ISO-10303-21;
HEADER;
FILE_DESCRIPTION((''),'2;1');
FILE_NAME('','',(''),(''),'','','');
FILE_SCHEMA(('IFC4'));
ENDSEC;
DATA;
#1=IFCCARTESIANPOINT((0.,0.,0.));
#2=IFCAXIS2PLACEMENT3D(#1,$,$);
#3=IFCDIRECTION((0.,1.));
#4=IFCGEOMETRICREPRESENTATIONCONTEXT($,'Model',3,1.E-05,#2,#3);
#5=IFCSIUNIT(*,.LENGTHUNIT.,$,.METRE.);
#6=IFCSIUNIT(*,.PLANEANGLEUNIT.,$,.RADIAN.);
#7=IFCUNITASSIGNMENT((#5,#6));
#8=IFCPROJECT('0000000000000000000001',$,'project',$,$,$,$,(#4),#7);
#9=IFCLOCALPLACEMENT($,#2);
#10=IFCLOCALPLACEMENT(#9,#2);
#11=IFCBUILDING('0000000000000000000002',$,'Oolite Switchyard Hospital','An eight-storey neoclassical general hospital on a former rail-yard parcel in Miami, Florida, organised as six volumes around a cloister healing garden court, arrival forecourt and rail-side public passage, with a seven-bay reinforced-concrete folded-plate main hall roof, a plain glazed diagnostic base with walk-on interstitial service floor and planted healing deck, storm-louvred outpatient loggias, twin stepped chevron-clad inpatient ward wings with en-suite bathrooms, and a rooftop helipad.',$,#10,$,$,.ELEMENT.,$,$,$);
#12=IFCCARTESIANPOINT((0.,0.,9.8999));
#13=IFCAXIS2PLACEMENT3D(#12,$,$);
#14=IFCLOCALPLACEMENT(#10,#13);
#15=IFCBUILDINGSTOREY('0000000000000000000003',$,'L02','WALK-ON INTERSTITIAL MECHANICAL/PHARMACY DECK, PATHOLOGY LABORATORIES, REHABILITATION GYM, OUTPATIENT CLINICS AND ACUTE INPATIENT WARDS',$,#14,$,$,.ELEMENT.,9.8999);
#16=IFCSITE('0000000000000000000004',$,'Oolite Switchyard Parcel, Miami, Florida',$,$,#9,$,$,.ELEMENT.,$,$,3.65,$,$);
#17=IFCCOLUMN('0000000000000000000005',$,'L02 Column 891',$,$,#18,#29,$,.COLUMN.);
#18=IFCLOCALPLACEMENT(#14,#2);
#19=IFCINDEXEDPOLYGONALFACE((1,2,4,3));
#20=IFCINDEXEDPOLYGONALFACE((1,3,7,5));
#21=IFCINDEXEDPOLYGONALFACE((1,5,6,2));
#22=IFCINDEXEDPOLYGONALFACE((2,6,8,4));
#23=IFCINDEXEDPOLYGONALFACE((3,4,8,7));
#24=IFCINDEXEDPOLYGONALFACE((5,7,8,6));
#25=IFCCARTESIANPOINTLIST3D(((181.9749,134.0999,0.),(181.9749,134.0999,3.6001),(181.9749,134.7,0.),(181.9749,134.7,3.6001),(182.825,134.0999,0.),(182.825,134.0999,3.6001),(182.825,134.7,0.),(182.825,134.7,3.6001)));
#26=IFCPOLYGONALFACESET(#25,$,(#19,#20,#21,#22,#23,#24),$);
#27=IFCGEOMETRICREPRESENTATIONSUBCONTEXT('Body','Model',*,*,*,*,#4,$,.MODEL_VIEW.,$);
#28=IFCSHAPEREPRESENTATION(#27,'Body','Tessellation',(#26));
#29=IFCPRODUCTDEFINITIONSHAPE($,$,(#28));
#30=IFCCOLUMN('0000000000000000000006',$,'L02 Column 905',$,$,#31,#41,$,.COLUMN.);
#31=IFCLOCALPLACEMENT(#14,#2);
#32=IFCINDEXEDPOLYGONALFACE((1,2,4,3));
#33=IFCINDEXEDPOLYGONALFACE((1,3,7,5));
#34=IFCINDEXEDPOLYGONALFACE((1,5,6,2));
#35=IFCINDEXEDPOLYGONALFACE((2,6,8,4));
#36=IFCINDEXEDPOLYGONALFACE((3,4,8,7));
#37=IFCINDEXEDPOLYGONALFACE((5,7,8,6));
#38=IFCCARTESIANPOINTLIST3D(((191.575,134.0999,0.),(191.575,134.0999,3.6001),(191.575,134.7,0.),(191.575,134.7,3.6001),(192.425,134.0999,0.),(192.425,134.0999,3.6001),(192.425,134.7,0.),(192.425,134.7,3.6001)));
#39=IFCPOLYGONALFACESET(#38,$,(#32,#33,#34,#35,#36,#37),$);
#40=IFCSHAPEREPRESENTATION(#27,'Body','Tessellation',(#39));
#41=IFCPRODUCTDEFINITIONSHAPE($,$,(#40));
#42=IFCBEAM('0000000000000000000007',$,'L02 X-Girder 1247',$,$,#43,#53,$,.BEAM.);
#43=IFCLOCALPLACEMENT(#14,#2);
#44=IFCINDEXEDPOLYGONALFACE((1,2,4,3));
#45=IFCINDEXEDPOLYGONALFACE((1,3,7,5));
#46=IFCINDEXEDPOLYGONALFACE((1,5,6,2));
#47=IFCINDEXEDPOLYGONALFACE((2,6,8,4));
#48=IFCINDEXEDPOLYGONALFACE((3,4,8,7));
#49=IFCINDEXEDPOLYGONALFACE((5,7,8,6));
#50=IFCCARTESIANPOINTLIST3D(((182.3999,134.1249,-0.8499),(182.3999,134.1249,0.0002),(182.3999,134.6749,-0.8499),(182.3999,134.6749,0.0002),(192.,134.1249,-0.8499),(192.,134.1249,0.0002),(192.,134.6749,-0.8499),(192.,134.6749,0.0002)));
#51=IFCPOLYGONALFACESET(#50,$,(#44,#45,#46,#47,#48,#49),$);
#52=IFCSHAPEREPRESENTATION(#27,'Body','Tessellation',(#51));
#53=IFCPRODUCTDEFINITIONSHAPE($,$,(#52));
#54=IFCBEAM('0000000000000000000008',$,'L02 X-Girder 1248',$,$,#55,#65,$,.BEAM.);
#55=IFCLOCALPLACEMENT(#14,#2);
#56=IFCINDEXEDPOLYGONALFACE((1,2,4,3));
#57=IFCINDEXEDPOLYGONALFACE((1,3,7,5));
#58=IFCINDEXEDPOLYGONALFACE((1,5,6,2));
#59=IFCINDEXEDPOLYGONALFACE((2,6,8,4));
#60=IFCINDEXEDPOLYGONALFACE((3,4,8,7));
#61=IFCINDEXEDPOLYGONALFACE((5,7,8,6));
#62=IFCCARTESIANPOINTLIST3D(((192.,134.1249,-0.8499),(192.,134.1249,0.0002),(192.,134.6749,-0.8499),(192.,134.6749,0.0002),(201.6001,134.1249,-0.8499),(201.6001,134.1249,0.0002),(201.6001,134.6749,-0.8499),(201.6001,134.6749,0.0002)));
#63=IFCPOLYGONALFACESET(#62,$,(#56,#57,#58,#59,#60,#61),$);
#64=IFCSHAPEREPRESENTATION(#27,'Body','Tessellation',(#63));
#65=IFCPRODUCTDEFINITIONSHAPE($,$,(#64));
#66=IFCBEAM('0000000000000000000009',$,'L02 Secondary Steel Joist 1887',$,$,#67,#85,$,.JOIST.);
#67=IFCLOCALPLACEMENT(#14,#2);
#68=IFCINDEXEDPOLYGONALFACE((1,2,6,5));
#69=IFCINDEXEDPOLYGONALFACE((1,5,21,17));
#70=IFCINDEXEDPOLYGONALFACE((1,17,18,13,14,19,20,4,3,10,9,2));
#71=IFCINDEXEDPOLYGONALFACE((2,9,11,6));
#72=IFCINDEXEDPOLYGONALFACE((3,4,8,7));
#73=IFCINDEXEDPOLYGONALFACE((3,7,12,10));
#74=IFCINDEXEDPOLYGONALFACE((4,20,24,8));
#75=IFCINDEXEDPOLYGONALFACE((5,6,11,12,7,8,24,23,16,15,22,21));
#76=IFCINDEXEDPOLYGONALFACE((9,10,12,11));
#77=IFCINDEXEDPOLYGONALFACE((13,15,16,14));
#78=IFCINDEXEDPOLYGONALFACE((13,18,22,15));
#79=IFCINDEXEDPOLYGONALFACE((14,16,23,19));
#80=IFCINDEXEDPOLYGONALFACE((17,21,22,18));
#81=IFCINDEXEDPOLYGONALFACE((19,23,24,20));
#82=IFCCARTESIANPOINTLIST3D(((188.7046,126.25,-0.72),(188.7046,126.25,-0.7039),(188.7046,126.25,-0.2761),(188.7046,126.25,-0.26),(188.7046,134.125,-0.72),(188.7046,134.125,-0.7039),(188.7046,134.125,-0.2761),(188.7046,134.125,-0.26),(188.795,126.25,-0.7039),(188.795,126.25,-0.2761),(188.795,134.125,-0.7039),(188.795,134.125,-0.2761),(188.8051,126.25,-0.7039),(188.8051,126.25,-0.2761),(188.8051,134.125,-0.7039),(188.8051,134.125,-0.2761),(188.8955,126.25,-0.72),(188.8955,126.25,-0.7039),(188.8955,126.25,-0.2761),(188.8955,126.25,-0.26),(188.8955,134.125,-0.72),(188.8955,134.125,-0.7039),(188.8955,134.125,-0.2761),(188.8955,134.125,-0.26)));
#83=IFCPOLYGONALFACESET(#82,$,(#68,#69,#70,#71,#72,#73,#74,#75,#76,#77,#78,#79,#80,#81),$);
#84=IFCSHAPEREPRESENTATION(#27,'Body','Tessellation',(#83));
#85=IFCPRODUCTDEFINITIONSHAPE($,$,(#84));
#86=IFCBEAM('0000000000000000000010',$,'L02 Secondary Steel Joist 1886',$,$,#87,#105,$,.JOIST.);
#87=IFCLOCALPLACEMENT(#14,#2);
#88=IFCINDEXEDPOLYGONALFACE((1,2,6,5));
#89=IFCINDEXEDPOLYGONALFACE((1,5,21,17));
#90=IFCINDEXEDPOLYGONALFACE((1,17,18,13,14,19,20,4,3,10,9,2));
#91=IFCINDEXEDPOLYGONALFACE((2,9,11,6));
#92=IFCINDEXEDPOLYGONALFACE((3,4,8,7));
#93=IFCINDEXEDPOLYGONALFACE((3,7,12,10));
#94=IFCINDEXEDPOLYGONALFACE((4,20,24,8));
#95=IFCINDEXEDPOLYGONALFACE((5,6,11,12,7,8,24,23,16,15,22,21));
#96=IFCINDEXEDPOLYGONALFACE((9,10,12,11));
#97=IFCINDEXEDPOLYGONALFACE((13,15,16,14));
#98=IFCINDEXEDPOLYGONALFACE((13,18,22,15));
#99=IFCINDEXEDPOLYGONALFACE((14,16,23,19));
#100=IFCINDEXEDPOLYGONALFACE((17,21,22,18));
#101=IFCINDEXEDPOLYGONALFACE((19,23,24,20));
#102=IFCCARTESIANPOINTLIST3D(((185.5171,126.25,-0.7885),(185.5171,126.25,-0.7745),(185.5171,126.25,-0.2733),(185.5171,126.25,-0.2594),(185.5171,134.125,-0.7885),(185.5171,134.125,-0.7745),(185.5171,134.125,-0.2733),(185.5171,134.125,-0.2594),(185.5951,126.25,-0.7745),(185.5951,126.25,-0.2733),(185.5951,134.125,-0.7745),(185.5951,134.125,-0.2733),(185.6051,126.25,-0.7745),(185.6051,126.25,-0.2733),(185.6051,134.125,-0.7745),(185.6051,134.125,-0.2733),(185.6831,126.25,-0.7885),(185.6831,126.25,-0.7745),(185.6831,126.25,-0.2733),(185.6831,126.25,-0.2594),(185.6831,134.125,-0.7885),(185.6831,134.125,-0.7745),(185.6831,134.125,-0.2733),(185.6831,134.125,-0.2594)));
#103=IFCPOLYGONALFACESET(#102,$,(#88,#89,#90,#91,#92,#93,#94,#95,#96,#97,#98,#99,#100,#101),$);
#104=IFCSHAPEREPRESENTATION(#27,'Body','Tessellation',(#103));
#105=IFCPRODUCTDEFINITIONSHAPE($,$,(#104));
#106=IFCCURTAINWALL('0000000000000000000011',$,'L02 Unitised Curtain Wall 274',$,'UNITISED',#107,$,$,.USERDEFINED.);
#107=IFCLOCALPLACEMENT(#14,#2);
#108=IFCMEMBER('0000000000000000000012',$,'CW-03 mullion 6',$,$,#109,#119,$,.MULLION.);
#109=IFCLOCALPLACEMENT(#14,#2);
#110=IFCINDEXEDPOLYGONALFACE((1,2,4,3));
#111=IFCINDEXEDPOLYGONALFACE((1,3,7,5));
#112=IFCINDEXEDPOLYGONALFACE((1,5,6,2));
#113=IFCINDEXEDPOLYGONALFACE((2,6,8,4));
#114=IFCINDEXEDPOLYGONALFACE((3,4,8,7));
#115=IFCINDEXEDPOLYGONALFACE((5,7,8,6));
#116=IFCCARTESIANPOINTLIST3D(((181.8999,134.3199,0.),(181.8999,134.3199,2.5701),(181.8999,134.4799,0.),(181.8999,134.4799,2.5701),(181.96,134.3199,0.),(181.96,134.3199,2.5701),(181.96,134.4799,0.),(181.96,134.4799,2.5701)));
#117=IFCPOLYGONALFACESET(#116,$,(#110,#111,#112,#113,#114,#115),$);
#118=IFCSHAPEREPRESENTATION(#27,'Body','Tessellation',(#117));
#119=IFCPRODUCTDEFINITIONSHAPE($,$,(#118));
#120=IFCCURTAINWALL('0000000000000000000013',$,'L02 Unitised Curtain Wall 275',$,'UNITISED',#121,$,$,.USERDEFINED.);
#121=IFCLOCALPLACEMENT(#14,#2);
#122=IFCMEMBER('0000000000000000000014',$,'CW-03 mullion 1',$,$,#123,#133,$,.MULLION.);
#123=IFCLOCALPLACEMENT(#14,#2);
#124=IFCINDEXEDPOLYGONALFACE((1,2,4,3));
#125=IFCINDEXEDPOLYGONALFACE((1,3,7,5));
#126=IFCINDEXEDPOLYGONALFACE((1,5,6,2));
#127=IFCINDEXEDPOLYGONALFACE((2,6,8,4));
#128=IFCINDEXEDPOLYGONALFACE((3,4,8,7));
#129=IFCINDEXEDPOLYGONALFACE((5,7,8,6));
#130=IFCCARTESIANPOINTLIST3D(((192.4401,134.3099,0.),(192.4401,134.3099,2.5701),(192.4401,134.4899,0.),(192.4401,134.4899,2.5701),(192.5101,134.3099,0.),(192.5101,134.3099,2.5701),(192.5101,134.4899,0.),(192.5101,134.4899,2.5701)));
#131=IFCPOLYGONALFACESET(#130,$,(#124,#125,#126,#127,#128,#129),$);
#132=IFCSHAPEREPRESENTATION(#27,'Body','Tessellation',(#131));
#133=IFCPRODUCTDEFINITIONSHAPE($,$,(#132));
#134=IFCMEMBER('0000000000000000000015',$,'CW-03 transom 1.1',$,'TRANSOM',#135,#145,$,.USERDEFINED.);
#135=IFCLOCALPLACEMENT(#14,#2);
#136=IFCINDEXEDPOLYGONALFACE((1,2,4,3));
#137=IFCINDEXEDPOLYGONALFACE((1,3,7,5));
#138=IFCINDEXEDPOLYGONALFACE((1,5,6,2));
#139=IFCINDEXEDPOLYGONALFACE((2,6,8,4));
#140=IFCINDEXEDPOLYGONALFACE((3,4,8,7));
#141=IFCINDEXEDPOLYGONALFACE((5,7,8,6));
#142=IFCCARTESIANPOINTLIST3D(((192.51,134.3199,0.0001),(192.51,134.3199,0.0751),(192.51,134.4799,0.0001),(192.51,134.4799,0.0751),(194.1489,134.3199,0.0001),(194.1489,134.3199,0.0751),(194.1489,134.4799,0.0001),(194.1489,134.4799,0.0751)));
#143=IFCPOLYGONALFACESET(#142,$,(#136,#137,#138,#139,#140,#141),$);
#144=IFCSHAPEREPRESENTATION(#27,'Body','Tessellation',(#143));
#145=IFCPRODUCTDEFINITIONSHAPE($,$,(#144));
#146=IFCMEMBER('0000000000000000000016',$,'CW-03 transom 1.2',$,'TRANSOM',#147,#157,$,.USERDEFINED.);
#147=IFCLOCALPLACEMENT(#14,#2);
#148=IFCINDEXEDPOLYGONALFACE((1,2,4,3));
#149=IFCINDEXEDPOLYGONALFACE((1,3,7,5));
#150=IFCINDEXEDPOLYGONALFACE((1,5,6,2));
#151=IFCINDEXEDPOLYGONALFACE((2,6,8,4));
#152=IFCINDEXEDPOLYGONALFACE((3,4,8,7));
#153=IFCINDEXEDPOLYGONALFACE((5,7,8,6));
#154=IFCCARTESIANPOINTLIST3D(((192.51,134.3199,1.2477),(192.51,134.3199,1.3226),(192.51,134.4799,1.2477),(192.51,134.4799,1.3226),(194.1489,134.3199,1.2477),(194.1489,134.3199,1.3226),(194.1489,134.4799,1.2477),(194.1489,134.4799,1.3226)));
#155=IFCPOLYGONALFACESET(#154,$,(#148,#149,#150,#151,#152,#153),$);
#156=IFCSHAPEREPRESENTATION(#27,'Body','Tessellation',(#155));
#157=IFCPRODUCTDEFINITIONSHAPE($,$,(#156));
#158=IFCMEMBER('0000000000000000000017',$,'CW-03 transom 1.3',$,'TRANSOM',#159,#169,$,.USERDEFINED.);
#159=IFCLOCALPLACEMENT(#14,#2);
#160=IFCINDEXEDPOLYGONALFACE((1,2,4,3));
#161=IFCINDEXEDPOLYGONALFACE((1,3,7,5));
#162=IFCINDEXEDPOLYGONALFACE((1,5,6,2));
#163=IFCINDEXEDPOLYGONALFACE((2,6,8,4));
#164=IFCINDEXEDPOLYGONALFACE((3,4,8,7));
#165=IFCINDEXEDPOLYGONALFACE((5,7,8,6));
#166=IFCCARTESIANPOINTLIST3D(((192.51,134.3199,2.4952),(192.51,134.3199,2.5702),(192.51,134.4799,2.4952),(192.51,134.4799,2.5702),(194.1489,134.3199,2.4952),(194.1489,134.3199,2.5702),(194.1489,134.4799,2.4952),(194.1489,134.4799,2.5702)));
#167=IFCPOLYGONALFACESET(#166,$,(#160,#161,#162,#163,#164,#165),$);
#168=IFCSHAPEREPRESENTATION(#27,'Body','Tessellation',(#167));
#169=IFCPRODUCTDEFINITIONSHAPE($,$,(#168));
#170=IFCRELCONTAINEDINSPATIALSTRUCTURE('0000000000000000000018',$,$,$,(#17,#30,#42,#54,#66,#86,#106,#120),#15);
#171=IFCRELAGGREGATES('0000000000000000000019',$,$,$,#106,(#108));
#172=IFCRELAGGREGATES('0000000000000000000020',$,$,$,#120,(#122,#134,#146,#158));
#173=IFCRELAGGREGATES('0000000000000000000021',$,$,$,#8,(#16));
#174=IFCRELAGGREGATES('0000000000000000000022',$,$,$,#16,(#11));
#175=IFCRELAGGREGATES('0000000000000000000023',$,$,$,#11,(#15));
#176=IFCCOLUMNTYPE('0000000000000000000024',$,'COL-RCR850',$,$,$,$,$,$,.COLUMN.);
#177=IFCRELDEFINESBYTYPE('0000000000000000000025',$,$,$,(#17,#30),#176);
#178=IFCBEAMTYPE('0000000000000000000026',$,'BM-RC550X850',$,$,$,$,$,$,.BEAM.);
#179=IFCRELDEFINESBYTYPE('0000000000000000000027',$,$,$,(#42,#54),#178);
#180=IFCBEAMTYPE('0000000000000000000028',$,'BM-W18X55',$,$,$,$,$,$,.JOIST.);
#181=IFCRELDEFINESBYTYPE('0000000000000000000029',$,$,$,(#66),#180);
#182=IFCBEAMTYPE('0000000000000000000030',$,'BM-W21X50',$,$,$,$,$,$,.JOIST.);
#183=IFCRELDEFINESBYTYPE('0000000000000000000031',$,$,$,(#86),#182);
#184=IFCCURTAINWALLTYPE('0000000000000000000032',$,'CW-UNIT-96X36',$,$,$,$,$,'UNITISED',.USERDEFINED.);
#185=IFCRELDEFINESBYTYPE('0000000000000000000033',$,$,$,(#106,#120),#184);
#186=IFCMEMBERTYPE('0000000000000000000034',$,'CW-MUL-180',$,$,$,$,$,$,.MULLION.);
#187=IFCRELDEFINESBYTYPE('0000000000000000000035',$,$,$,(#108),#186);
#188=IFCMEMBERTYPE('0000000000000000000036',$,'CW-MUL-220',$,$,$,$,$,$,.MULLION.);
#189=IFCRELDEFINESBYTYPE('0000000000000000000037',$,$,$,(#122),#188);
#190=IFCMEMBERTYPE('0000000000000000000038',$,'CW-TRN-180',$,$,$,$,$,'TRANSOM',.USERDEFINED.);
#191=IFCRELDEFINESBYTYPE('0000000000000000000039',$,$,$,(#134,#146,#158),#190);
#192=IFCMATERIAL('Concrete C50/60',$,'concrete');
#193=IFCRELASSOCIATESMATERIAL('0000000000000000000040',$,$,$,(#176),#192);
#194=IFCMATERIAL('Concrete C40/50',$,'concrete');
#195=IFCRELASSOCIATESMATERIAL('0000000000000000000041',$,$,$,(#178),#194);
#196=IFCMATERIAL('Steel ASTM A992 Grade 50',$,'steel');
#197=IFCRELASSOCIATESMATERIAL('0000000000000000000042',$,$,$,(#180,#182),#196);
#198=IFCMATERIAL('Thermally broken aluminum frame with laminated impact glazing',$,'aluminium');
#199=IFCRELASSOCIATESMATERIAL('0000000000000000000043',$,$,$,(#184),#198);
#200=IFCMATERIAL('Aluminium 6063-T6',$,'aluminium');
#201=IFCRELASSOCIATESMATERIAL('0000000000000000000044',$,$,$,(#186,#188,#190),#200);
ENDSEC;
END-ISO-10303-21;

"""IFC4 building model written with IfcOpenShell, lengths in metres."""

from ifc_helpers import new_model, si_unit, direction, frame, origin, origin_2d, place, context, subcontext, project, spatial, rectangle, i_section, extrude, material, material_profile, profile_set, type_object, element, aggregate, save


model = new_model("IFC4")

# Units and contexts
model_context = context("Model", 3, precision=1e-05, world=origin(), true_north=direction((0.0, 1.0)))
body_context = subcontext(model_context, "Body", "Model", "MODEL_VIEW")
ifc_project = project(units=[si_unit("LENGTHUNIT", "METRE"), si_unit("PLANEANGLEUNIT", "RADIAN")], contexts=[model_context])

# Site, building, storey
site_placement = place(None, origin())
site = spatial("IfcSite", under=ifc_project, at=site_placement, Name="Oolite Switchyard Parcel, Miami, Florida", CompositionType="ELEMENT", RefElevation=3.65)
building_placement = place(site_placement, origin())
building = spatial("IfcBuilding", under=site, at=building_placement, Name="Oolite Switchyard Hospital", Description="An eight-storey neoclassical general hospital on a former rail-yard parcel in Miami, Florida, organised as six volumes around a cloister healing garden court, arrival forecourt and rail-side public passage, with a seven-bay reinforced-concrete folded-plate main hall roof, a plain glazed diagnostic base with walk-on interstitial service floor and planted healing deck, storm-louvred outpatient loggias, twin stepped chevron-clad inpatient ward wings with en-suite bathrooms, and a rooftop helipad.", CompositionType="ELEMENT")
storey_placement = place(building_placement, frame((0.0, 0.0, 9.8999)))
storey = spatial("IfcBuildingStorey", under=building, at=storey_placement, Name="L02", Description="WALK-ON INTERSTITIAL MECHANICAL/PHARMACY DECK, PATHOLOGY LABORATORIES, REHABILITATION GYM, OUTPATIENT CLINICS AND ACUTE INPATIENT WARDS", CompositionType="ELEMENT", Elevation=9.8999)

# Columns
ifc_material_1 = material(Name="Concrete C50/60", Category="concrete")
ifc_material_profile_1 = material_profile(ifc_material_1, rectangle(XDim=0.8501, YDim=0.6001, at=origin_2d()), Name="RC850X600")
ifc_profile_set_1 = profile_set([ifc_material_profile_1], Name="Concrete C50/60")
column_type = type_object("IfcColumnType", Name="COL-RCR850", PredefinedType="COLUMN", material=ifc_profile_set_1)
for number, where, z_axis, x_axis, name in (
    (1, (182.3999, 134.3999, 0.0), (0.0, 0.0, 1.0), (1.0, 0.0, 0.0), "L02 Column 891"),
    (2, (192.0, 134.3999, 0.0), (0.0, 0.0, 1.0), (1.0, 0.0, 0.0), "L02 Column 905"),
):
    element("IfcColumn", number, at=place(storey_placement, frame(where, z_axis=z_axis, x_axis=x_axis)), inside=storey, type_object=column_type, Name=name, PredefinedType="COLUMN", context=body_context, shape_type="SweptSolid", body=[
        extrude(rectangle(XDim=0.8501, YDim=0.6001, at=origin_2d()), origin(), (0.0, 0.0, 1.0), 3.6001),
    ])

# Beams
ifc_material_2 = material(Name="Concrete C40/50", Category="concrete")
ifc_material_profile_2 = material_profile(ifc_material_2, rectangle(XDim=0.55, YDim=0.8501, at=origin_2d()), Name="RCB550X850")
ifc_profile_set_2 = profile_set([ifc_material_profile_2], Name="Concrete C40/50")
beam_type_1 = type_object("IfcBeamType", Name="BM-RC550X850", PredefinedType="BEAM", material=ifc_profile_set_2)
for number, where, z_axis, x_axis, name in (
    (3, (182.3999, 134.3999, -0.4248), (1.0, 0.0, 0.0), (0.0, 1.0, 0.0), "L02 X-Girder 1247"),
    (4, (192.0, 134.3999, -0.4248), (1.0, 0.0, 0.0), (0.0, 1.0, 0.0), "L02 X-Girder 1248"),
):
    element("IfcBeam", number, at=place(storey_placement, frame(where, z_axis=z_axis, x_axis=x_axis)), inside=storey, type_object=beam_type_1, Name=name, PredefinedType="BEAM", context=body_context, shape_type="SweptSolid", body=[
        extrude(rectangle(XDim=0.55, YDim=0.8501, at=origin_2d()), origin(), (0.0, 0.0, 1.0), 9.6001),
    ])
ifc_material_3 = material(Name="Steel ASTM A992 Grade 50", Category="steel")
ifc_material_profile_3 = material_profile(ifc_material_3, i_section(OverallWidth=0.1909, OverallDepth=0.46, WebThickness=0.01, FlangeThickness=0.0161, at=origin_2d()), Name="W18X55")
ifc_profile_set_3 = profile_set([ifc_material_profile_3], Name="Steel ASTM A992 Grade 50")
beam_type_2 = type_object("IfcBeamType", Name="BM-W18X55", PredefinedType="JOIST", material=ifc_profile_set_3)
beam_1_placement = place(storey_placement, frame((188.8, 126.25, -0.49), z_axis=(0.0, 1.0, 0.0), x_axis=(-1.0, 0.0, 0.0)))
element("IfcBeam", 5, at=beam_1_placement, inside=storey, type_object=beam_type_2, Name="L02 Secondary Steel Joist 1887", PredefinedType="JOIST", context=body_context, shape_type="SweptSolid", body=[
    extrude(i_section(OverallWidth=0.1909, OverallDepth=0.46, WebThickness=0.01, FlangeThickness=0.0161, at=origin_2d()), origin(), (0.0, 0.0, 1.0), 7.875),
])
ifc_material_profile_4 = material_profile(ifc_material_3, i_section(OverallWidth=0.166, OverallDepth=0.5291, WebThickness=0.01, FlangeThickness=0.0139, at=origin_2d()), Name="W21X50")
ifc_profile_set_4 = profile_set([ifc_material_profile_4], Name="Steel ASTM A992 Grade 50")
beam_type_3 = type_object("IfcBeamType", Name="BM-W21X50", PredefinedType="JOIST", material=ifc_profile_set_4)
beam_2_placement = place(storey_placement, frame((185.6001, 126.25, -0.5239), z_axis=(0.0, 1.0, 0.0), x_axis=(-1.0, 0.0, 0.0)))
element("IfcBeam", 6, at=beam_2_placement, inside=storey, type_object=beam_type_3, Name="L02 Secondary Steel Joist 1886", PredefinedType="JOIST", context=body_context, shape_type="SweptSolid", body=[
    extrude(i_section(OverallWidth=0.166, OverallDepth=0.5291, WebThickness=0.01, FlangeThickness=0.0139, at=origin_2d()), origin(), (0.0, 0.0, 1.0), 7.875),
])

# Curtain wall, member
ifc_material_4 = material(Name="Thermally broken aluminum frame with laminated impact glazing", Category="aluminium")
curtain_wall_type = type_object("IfcCurtainWallType", Name="CW-UNIT-96X36", ElementType="UNITISED", PredefinedType="USERDEFINED", material=ifc_material_4)
curtain_wall_1_placement = place(storey_placement, origin())
curtain_wall_1 = element("IfcCurtainWall", 7, at=curtain_wall_1_placement, inside=storey, type_object=curtain_wall_type, Name="L02 Unitised Curtain Wall 274", ObjectType="UNITISED", PredefinedType="USERDEFINED")
ifc_material_5 = material(Name="Aluminium 6063-T6", Category="aluminium")
ifc_material_profile_5 = material_profile(ifc_material_5, rectangle(XDim=0.1599, YDim=0.0601, at=origin_2d()), Name="CWM60X160")
ifc_profile_set_5 = profile_set([ifc_material_profile_5], Name="Aluminium 6063-T6")
member_type_1 = type_object("IfcMemberType", Name="CW-MUL-180", PredefinedType="MULLION", material=ifc_profile_set_5)
member_1_placement = place(storey_placement, frame((181.9299, 134.3999, 0.0), z_axis=(0.0, 0.0, 1.0), x_axis=(0.0, 1.0, 0.0)))
member_1 = element("IfcMember", 8, at=member_1_placement, type_object=member_type_1, Name="CW-03 mullion 6", PredefinedType="MULLION", context=body_context, shape_type="SweptSolid", body=[
    extrude(rectangle(XDim=0.1599, YDim=0.0601, at=origin_2d()), origin(), (0.0, 0.0, 1.0), 2.5701),
])
aggregate(curtain_wall_1, [member_1])

# Curtain wall, members
curtain_wall_2_placement = place(storey_placement, origin())
curtain_wall_2 = element("IfcCurtainWall", 9, at=curtain_wall_2_placement, inside=storey, type_object=curtain_wall_type, Name="L02 Unitised Curtain Wall 275", ObjectType="UNITISED", PredefinedType="USERDEFINED")
ifc_material_profile_6 = material_profile(ifc_material_5, rectangle(XDim=0.1799, YDim=0.0701, at=origin_2d()), Name="CWM70X180")
ifc_profile_set_6 = profile_set([ifc_material_profile_6], Name="Aluminium 6063-T6")
member_type_2 = type_object("IfcMemberType", Name="CW-MUL-220", PredefinedType="MULLION", material=ifc_profile_set_6)
member_2_placement = place(storey_placement, frame((192.4751, 134.3999, 0.0), z_axis=(0.0, 0.0, 1.0), x_axis=(0.0, 1.0, 0.0)))
member_2 = element("IfcMember", 10, at=member_2_placement, type_object=member_type_2, Name="CW-03 mullion 1", PredefinedType="MULLION", context=body_context, shape_type="SweptSolid", body=[
    extrude(rectangle(XDim=0.1799, YDim=0.0701, at=origin_2d()), origin(), (0.0, 0.0, 1.0), 2.5701),
])
ifc_material_profile_7 = material_profile(ifc_material_5, rectangle(XDim=0.1599, YDim=0.075, at=origin_2d()), Name="CWT75X160")
ifc_profile_set_7 = profile_set([ifc_material_profile_7], Name="Aluminium 6063-T6")
member_type_3 = type_object("IfcMemberType", Name="CW-TRN-180", ElementType="TRANSOM", PredefinedType="USERDEFINED", material=ifc_profile_set_7)
member_3_placement = place(storey_placement, frame((192.51, 134.3999, 0.0376), z_axis=(1.0, 0.0, 0.0), x_axis=(0.0, 1.0, 0.0)))
member_3 = element("IfcMember", 11, at=member_3_placement, type_object=member_type_3, Name="CW-03 transom 1.1", ObjectType="TRANSOM", PredefinedType="USERDEFINED", context=body_context, shape_type="SweptSolid", body=[
    extrude(rectangle(XDim=0.1599, YDim=0.075, at=origin_2d()), origin(), (0.0, 0.0, 1.0), 1.6389),
])
member_4_placement = place(storey_placement, frame((192.51, 134.3999, 1.2852), z_axis=(1.0, 0.0, 0.0), x_axis=(0.0, 1.0, 0.0)))
member_4 = element("IfcMember", 12, at=member_4_placement, type_object=member_type_3, Name="CW-03 transom 1.2", ObjectType="TRANSOM", PredefinedType="USERDEFINED", context=body_context, shape_type="SweptSolid", body=[
    extrude(rectangle(XDim=0.1599, YDim=0.075, at=origin_2d()), origin(), (0.0, 0.0, 1.0), 1.6389),
])
member_5_placement = place(storey_placement, frame((192.51, 134.3999, 2.5327), z_axis=(1.0, 0.0, 0.0), x_axis=(0.0, 1.0, 0.0)))
member_5 = element("IfcMember", 13, at=member_5_placement, type_object=member_type_3, Name="CW-03 transom 1.3", ObjectType="TRANSOM", PredefinedType="USERDEFINED", context=body_context, shape_type="SweptSolid", body=[
    extrude(rectangle(XDim=0.1599, YDim=0.075, at=origin_2d()), origin(), (0.0, 0.0, 1.0), 1.6389),
])

aggregate(curtain_wall_2, [member_2, member_3, member_4, member_5])

save(model, "model.ifc")
